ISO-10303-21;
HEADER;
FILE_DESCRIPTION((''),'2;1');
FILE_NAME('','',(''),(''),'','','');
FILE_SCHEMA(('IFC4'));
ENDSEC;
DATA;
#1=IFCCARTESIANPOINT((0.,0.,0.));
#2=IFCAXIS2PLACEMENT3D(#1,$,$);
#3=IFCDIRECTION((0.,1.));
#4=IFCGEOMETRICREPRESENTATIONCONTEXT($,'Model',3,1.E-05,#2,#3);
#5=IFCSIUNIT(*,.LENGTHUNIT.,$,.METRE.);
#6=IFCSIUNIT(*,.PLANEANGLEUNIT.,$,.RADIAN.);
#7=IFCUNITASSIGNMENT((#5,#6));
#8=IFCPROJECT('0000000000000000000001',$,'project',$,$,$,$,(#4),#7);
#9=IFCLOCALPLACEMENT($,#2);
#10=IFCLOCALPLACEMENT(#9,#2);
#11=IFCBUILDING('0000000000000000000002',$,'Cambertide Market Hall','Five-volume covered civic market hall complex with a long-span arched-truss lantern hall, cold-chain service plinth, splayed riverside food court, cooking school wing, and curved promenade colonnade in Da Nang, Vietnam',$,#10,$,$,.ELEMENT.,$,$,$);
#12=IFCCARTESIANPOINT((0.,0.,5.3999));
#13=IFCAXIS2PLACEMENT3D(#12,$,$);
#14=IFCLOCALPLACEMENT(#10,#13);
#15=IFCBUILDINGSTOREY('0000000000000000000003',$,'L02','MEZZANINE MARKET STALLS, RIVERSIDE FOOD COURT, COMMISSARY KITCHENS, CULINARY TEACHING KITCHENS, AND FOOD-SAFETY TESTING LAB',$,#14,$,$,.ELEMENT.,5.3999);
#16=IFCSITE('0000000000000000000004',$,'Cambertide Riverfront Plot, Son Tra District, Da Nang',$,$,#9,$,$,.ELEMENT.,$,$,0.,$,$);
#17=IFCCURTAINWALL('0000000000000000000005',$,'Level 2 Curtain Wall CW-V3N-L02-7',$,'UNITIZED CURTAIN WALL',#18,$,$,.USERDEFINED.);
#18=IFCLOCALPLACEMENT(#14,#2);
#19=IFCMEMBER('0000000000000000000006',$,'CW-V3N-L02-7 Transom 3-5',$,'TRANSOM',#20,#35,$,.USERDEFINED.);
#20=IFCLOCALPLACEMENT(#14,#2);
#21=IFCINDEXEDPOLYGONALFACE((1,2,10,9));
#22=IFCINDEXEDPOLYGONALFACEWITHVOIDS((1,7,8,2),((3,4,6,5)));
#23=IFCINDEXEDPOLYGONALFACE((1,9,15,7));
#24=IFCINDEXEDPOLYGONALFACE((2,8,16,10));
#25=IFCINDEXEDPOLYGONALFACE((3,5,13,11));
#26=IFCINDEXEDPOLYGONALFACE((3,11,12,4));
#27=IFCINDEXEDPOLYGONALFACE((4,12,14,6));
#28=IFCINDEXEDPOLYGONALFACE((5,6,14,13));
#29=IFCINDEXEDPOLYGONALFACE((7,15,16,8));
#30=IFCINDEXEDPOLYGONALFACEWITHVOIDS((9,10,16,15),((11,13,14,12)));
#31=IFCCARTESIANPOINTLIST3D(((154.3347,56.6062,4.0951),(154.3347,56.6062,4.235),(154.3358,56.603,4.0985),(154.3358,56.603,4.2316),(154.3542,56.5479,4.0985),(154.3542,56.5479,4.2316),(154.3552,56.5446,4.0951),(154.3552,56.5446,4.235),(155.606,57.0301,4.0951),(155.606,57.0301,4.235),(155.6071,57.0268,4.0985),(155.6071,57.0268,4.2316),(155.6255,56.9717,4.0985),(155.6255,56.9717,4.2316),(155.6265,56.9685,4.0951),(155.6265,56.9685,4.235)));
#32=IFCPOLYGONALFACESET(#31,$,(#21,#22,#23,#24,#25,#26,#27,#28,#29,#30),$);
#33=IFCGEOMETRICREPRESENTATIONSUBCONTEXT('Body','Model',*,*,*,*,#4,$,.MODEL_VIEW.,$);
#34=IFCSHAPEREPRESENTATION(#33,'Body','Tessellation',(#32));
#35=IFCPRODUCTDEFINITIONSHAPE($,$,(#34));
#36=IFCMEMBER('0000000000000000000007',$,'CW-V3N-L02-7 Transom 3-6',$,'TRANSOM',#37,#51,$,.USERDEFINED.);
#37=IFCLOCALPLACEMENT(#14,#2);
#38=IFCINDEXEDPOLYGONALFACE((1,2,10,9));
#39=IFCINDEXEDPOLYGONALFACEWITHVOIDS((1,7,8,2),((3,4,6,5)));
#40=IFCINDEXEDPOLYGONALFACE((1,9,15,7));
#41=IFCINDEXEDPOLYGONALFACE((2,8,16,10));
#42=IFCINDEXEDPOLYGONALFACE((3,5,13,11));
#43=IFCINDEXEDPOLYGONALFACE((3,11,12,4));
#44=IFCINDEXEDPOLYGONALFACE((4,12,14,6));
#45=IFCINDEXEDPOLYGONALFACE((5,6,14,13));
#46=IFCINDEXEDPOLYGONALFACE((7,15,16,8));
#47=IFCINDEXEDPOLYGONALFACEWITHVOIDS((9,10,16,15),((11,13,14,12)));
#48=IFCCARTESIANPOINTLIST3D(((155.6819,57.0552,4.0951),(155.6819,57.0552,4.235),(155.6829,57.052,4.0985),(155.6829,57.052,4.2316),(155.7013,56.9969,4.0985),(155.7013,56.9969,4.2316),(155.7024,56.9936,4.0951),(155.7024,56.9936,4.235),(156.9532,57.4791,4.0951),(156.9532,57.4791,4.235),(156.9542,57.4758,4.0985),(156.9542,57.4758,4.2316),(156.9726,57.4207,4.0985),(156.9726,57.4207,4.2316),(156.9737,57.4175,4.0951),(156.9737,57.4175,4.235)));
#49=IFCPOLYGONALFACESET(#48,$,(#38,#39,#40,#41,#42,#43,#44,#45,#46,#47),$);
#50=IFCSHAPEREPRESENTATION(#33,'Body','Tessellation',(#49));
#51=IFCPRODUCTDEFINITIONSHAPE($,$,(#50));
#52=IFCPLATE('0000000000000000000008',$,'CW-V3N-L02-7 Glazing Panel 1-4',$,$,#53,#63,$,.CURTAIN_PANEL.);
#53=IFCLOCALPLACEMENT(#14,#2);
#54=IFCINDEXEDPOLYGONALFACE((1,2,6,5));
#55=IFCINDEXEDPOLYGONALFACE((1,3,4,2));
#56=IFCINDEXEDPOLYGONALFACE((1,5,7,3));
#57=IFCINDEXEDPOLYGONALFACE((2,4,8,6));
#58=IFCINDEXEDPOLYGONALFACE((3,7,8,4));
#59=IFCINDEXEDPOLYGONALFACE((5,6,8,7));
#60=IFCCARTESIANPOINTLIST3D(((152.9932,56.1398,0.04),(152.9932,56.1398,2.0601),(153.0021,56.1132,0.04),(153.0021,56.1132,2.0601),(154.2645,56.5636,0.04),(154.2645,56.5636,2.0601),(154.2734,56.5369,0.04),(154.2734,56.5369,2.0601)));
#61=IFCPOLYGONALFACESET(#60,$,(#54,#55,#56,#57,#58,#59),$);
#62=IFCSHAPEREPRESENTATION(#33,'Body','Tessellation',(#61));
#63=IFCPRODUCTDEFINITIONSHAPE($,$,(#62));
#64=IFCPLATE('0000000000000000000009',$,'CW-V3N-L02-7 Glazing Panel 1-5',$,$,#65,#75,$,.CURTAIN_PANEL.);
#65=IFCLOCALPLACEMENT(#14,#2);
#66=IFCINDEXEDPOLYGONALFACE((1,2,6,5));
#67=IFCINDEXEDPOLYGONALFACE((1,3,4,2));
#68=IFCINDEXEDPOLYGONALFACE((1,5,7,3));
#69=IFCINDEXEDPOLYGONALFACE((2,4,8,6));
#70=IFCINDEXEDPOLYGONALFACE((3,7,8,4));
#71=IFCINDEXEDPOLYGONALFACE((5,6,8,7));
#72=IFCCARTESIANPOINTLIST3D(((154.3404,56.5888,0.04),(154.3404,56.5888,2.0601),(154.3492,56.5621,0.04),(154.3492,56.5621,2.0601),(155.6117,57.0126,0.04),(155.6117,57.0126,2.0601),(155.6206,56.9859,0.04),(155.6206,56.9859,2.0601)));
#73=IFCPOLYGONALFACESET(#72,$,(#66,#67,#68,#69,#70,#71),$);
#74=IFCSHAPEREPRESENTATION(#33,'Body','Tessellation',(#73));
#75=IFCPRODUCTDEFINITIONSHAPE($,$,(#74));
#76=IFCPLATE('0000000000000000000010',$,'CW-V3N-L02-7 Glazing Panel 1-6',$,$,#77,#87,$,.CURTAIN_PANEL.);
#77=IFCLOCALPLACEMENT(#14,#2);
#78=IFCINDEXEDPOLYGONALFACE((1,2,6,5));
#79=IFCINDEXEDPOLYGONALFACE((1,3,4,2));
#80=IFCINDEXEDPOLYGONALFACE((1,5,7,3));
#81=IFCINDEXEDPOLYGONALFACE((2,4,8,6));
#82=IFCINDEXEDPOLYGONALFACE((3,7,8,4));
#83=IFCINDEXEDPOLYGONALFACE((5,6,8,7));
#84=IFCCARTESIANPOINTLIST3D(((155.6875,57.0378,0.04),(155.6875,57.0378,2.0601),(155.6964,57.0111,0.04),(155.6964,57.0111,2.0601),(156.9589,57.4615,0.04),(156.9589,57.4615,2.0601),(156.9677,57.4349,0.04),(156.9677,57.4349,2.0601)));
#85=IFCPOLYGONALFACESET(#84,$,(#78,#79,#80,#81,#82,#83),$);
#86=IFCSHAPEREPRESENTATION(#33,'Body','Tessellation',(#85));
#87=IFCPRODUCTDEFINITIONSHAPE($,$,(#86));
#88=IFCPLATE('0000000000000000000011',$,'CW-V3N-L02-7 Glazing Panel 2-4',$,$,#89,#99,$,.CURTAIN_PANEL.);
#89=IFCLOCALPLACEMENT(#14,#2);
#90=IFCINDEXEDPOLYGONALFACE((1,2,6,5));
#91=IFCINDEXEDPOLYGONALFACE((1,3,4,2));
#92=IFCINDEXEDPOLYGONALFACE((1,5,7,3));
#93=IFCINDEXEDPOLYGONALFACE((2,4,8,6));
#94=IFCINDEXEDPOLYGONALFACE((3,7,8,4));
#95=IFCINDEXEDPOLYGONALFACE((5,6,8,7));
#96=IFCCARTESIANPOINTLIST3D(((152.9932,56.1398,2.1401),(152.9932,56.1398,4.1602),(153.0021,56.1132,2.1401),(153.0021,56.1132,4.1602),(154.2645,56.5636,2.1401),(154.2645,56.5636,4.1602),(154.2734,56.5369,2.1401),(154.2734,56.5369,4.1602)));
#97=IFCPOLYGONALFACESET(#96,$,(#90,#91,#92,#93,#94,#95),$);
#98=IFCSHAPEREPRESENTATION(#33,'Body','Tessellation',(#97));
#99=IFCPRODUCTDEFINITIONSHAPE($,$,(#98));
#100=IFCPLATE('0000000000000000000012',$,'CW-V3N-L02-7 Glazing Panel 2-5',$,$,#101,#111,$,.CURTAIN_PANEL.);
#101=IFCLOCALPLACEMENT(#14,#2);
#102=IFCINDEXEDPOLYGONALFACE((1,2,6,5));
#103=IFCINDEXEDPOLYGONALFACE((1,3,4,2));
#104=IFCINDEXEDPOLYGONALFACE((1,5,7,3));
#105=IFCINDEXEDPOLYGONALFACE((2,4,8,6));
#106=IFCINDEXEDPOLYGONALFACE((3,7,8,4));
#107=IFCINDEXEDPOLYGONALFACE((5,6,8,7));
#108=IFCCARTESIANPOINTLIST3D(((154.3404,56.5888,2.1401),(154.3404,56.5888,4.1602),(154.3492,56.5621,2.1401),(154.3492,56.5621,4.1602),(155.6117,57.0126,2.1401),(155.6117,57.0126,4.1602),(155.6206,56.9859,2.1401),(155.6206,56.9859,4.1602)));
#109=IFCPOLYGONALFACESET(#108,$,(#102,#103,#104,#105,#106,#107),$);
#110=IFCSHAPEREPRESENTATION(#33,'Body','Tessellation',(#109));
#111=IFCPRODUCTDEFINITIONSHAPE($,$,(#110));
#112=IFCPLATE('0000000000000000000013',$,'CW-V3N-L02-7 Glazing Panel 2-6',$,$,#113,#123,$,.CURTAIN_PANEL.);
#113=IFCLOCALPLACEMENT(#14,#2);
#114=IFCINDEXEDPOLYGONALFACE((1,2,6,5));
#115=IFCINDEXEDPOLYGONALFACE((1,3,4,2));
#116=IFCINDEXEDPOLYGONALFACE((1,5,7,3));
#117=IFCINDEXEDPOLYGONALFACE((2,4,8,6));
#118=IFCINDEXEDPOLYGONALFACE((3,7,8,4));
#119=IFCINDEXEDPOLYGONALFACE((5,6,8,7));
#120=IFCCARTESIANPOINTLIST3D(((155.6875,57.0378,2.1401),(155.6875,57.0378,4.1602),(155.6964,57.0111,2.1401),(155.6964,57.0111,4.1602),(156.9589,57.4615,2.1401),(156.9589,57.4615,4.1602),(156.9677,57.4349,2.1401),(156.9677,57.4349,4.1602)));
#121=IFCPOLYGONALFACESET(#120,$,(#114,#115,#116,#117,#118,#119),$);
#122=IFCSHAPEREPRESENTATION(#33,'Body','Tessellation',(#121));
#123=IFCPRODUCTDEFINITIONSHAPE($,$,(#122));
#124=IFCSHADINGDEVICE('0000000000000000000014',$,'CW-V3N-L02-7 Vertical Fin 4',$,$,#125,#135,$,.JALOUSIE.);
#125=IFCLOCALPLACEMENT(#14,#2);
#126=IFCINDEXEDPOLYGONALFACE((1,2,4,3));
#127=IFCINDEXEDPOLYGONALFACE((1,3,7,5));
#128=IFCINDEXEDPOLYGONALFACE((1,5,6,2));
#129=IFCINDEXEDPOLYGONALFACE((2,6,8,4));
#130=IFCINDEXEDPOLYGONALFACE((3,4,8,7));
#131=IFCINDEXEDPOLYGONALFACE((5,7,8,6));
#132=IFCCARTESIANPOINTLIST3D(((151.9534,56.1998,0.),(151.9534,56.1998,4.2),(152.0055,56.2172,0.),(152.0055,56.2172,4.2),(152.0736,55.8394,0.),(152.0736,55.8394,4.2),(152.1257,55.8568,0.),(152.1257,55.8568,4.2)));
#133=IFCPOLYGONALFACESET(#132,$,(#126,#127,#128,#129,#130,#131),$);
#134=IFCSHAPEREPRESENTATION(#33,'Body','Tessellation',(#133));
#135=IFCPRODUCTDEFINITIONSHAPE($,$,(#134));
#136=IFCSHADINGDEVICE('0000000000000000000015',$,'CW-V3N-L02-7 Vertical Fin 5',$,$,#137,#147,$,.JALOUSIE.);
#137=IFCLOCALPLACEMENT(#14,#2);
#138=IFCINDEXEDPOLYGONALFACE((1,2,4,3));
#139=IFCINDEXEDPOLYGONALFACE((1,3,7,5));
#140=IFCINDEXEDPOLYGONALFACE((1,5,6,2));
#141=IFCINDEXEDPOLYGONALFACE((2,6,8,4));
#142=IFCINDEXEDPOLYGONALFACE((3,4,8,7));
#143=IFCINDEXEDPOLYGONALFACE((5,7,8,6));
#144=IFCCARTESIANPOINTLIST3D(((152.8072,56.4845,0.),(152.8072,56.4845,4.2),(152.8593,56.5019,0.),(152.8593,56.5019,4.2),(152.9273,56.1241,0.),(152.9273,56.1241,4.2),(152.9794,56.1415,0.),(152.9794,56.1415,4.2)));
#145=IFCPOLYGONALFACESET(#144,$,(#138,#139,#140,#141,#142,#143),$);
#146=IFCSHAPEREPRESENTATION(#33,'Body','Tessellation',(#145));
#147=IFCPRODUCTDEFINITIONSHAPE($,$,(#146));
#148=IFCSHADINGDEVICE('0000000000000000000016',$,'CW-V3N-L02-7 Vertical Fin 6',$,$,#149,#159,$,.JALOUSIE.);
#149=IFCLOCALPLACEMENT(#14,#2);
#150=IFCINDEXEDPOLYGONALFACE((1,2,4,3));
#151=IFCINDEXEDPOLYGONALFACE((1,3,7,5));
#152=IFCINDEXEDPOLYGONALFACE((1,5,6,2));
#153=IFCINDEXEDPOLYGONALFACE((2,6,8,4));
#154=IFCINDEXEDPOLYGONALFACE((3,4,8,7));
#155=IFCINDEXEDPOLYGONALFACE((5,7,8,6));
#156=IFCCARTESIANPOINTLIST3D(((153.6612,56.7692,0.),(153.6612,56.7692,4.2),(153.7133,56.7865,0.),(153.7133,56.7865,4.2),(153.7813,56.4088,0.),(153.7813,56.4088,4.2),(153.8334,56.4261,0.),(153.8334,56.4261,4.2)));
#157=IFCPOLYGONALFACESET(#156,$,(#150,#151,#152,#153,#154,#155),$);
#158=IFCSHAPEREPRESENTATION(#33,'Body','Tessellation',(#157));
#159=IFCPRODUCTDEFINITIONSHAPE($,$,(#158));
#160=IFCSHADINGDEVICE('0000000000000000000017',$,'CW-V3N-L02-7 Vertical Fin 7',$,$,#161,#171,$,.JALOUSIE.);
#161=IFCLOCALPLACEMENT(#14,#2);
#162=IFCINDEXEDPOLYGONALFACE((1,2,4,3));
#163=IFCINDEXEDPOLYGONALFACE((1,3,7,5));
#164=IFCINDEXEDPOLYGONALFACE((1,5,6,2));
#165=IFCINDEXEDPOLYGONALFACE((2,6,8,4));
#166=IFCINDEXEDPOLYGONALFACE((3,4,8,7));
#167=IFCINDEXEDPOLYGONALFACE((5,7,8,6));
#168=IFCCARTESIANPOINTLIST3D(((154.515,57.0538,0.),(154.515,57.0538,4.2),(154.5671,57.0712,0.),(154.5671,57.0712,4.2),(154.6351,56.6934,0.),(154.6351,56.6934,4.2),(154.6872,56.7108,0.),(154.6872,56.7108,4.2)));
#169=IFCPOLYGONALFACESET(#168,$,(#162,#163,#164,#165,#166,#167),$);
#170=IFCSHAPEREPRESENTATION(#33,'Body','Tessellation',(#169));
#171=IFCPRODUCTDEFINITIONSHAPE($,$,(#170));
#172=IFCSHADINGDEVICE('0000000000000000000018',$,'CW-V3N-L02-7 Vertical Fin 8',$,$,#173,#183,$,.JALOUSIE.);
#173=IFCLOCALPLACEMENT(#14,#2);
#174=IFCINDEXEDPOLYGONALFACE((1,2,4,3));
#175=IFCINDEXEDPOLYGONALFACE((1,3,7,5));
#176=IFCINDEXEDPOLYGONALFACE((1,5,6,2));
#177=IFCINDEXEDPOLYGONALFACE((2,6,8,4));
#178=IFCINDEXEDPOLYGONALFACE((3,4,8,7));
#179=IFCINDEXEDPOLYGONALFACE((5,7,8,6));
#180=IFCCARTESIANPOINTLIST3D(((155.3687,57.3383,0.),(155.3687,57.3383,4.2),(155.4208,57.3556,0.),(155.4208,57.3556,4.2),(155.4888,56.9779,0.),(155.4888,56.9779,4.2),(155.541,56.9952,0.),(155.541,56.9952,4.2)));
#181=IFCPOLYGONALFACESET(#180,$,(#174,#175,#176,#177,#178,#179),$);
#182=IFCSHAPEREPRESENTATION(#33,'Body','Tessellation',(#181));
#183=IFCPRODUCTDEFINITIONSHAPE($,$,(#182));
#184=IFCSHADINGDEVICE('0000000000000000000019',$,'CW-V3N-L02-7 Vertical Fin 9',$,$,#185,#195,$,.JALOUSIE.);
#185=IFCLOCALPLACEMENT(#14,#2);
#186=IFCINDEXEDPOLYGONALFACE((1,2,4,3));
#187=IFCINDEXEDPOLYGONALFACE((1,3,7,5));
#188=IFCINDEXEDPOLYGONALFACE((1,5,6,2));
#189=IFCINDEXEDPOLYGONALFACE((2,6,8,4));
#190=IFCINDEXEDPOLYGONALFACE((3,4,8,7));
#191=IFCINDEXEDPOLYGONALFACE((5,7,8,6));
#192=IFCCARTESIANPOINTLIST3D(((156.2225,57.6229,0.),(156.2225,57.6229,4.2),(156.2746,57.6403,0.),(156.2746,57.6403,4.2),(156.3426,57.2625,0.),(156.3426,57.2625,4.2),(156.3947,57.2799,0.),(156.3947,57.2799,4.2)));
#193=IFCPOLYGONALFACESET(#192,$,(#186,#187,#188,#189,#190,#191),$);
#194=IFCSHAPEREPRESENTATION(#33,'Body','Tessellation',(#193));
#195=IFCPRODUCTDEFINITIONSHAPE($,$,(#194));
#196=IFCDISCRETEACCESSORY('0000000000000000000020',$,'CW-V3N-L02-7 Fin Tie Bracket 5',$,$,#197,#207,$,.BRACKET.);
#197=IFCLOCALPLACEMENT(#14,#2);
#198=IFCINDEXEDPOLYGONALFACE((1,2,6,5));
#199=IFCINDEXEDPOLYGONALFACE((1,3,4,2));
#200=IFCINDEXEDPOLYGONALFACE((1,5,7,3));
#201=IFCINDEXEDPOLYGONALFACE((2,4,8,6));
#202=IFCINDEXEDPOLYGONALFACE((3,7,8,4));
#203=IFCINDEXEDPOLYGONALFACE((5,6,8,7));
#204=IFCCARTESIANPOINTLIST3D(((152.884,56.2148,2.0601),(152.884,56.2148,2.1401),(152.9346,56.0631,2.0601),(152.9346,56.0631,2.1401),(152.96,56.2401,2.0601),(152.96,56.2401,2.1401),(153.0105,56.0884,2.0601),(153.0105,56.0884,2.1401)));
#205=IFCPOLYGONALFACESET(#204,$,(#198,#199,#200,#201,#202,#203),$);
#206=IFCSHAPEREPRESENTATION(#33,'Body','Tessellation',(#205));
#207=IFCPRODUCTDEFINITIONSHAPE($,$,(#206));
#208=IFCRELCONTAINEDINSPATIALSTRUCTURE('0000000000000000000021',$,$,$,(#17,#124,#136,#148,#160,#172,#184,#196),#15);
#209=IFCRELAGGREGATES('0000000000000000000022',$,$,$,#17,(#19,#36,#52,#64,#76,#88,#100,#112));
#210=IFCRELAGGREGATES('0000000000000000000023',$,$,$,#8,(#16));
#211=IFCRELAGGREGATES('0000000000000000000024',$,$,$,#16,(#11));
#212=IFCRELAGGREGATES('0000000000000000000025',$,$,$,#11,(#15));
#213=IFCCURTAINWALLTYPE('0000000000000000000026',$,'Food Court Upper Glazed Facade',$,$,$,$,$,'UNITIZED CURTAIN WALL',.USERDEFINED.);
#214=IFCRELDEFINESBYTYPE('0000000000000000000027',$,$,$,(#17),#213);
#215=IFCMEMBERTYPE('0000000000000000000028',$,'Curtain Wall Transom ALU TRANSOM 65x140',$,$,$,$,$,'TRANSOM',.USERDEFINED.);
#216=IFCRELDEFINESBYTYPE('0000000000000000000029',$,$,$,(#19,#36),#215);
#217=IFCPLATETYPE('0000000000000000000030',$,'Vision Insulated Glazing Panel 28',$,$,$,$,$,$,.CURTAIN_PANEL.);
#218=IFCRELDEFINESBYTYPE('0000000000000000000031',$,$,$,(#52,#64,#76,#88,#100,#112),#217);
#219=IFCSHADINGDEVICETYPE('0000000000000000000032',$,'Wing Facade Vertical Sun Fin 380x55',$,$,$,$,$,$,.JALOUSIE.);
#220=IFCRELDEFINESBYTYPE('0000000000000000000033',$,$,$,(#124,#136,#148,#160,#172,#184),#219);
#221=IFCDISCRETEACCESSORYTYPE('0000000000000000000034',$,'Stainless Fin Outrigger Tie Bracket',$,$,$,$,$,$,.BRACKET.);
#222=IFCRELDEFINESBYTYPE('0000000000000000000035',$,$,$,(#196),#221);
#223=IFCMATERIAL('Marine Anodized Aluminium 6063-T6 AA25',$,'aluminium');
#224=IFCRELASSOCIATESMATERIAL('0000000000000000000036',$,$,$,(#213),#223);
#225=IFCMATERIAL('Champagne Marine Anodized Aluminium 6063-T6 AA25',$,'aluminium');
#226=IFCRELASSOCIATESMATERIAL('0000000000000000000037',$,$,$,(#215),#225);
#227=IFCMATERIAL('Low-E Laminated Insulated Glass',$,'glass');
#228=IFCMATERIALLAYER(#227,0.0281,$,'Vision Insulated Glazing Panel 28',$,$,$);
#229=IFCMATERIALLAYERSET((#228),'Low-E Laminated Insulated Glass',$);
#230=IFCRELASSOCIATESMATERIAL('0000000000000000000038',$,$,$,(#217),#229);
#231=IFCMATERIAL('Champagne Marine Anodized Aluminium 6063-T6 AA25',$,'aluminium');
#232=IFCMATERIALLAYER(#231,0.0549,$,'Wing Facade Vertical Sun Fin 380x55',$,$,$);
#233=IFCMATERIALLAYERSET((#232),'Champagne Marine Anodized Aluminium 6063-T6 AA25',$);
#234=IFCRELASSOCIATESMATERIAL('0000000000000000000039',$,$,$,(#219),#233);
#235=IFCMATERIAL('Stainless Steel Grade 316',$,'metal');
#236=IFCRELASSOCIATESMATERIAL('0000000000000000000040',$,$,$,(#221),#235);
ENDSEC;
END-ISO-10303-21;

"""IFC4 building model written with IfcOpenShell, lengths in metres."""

from ifc_helpers import new_model, si_unit, direction, frame, origin, origin_2d, place, context, subcontext, project, spatial, rectangle, hollow_rectangle, extrude, material, layer, layer_set, material_profile, profile_set, type_object, element, aggregate, save


model = new_model("IFC4")

# Units and contexts
model_context = context("Model", 3, precision=1e-05, world=origin(), true_north=direction((0.0, 1.0)))
body_context = subcontext(model_context, "Body", "Model", "MODEL_VIEW")
ifc_project = project(units=[si_unit("LENGTHUNIT", "METRE"), si_unit("PLANEANGLEUNIT", "RADIAN")], contexts=[model_context])

# Site, building, storey
site_placement = place(None, origin())
site = spatial("IfcSite", under=ifc_project, at=site_placement, Name="Cambertide Riverfront Plot, Son Tra District, Da Nang", CompositionType="ELEMENT", RefElevation=0.0)
building_placement = place(site_placement, origin())
building = spatial("IfcBuilding", under=site, at=building_placement, Name="Cambertide Market Hall", Description="Five-volume covered civic market hall complex with a long-span arched-truss lantern hall, cold-chain service plinth, splayed riverside food court, cooking school wing, and curved promenade colonnade in Da Nang, Vietnam", CompositionType="ELEMENT")
storey_placement = place(building_placement, frame((0.0, 0.0, 5.3999)))
storey = spatial("IfcBuildingStorey", under=building, at=storey_placement, Name="L02", Description="MEZZANINE MARKET STALLS, RIVERSIDE FOOD COURT, COMMISSARY KITCHENS, CULINARY TEACHING KITCHENS, AND FOOD-SAFETY TESTING LAB", CompositionType="ELEMENT", Elevation=5.3999)

# Curtain wall, members, plates
ifc_material_1 = material(Name="Marine Anodized Aluminium 6063-T6 AA25", Category="aluminium")
curtain_wall_type = type_object("IfcCurtainWallType", Name="Food Court Upper Glazed Facade", ElementType="UNITIZED CURTAIN WALL", PredefinedType="USERDEFINED", material=ifc_material_1)
curtain_wall_placement = place(storey_placement, origin())
curtain_wall = element("IfcCurtainWall", 1, at=curtain_wall_placement, inside=storey, type_object=curtain_wall_type, Name="Level 2 Curtain Wall CW-V3N-L02-7", ObjectType="UNITIZED CURTAIN WALL", PredefinedType="USERDEFINED")
ifc_material_2 = material(Name="Champagne Marine Anodized Aluminium 6063-T6 AA25", Category="aluminium")
ifc_material_profile_1 = material_profile(ifc_material_2, hollow_rectangle(XDim=0.0649, YDim=0.1399, WallThickness=0.0034, at=origin_2d()), Name="ALU TRANSOM 65x140")
ifc_profile_set_1 = profile_set([ifc_material_profile_1], Name="Champagne Marine Anodized Aluminium 6063-T6 AA25")
member_type_1 = type_object("IfcMemberType", Name="Curtain Wall Transom ALU TRANSOM 65x140", ElementType="TRANSOM", PredefinedType="USERDEFINED", material=ifc_profile_set_1)
member_1_placement = place(storey_placement, frame((154.345, 56.5754, 4.165), z_axis=(0.948665, 0.316282, 0.0), x_axis=(-0.316282, 0.948665, 0.0)))
member_1 = element("IfcMember", 2, at=member_1_placement, type_object=member_type_1, Name="CW-V3N-L02-7 Transom 3-5", ObjectType="TRANSOM", PredefinedType="USERDEFINED", context=body_context, shape_type="SweptSolid", body=[
    extrude(hollow_rectangle(XDim=0.0649, YDim=0.1399, WallThickness=0.0034, at=origin_2d()), origin(), (0.0, 0.0, 1.0), 1.3401),
])
member_2_placement = place(storey_placement, frame((155.6921, 57.0244, 4.165), z_axis=(0.948665, 0.316282, 0.0), x_axis=(-0.316282, 0.948665, 0.0)))
member_2 = element("IfcMember", 3, at=member_2_placement, type_object=member_type_1, Name="CW-V3N-L02-7 Transom 3-6", ObjectType="TRANSOM", PredefinedType="USERDEFINED", context=body_context, shape_type="SweptSolid", body=[
    extrude(hollow_rectangle(XDim=0.0649, YDim=0.1399, WallThickness=0.0034, at=origin_2d()), origin(), (0.0, 0.0, 1.0), 1.3401),
])
ifc_material_3 = material(Name="Low-E Laminated Insulated Glass", Category="glass")
ifc_layer_1 = layer(ifc_material_3, 0.0281, Name="Vision Insulated Glazing Panel 28")
ifc_layer_set_1 = layer_set([ifc_layer_1], Name="Low-E Laminated Insulated Glass")
plate_type = type_object("IfcPlateType", Name="Vision Insulated Glazing Panel 28", PredefinedType="CURTAIN_PANEL", material=ifc_layer_set_1)
plate_1_placement = place(storey_placement, frame((153.6333, 56.3384, 0.04), z_axis=(0.0, 0.0, 1.0), x_axis=(0.948683, 0.316228, 0.0)))
plate_1 = element("IfcPlate", 4, at=plate_1_placement, type_object=plate_type, Name="CW-V3N-L02-7 Glazing Panel 1-4", PredefinedType="CURTAIN_PANEL", context=body_context, shape_type="SweptSolid", body=[
    extrude(rectangle(XDim=1.3401, YDim=0.0281, at=origin_2d()), origin(), (0.0, 0.0, 1.0), 2.02),
])
plate_2_placement = place(storey_placement, frame((154.9805, 56.7874, 0.04), z_axis=(0.0, 0.0, 1.0), x_axis=(0.948683, 0.316228, 0.0)))
plate_2 = element("IfcPlate", 5, at=plate_2_placement, type_object=plate_type, Name="CW-V3N-L02-7 Glazing Panel 1-5", PredefinedType="CURTAIN_PANEL", context=body_context, shape_type="SweptSolid", body=[
    extrude(rectangle(XDim=1.3401, YDim=0.0281, at=origin_2d()), origin(), (0.0, 0.0, 1.0), 2.02),
])
plate_3_placement = place(storey_placement, frame((156.3276, 57.2363, 0.04), z_axis=(0.0, 0.0, 1.0), x_axis=(0.948683, 0.316228, 0.0)))
plate_3 = element("IfcPlate", 6, at=plate_3_placement, type_object=plate_type, Name="CW-V3N-L02-7 Glazing Panel 1-6", PredefinedType="CURTAIN_PANEL", context=body_context, shape_type="SweptSolid", body=[
    extrude(rectangle(XDim=1.3401, YDim=0.0281, at=origin_2d()), origin(), (0.0, 0.0, 1.0), 2.02),
])
plate_4_placement = place(storey_placement, frame((153.6333, 56.3384, 2.1401), z_axis=(0.0, 0.0, 1.0), x_axis=(0.948683, 0.316228, 0.0)))
plate_4 = element("IfcPlate", 7, at=plate_4_placement, type_object=plate_type, Name="CW-V3N-L02-7 Glazing Panel 2-4", PredefinedType="CURTAIN_PANEL", context=body_context, shape_type="SweptSolid", body=[
    extrude(rectangle(XDim=1.3401, YDim=0.0281, at=origin_2d()), origin(), (0.0, 0.0, 1.0), 2.02),
])
plate_5_placement = place(storey_placement, frame((154.9805, 56.7874, 2.1401), z_axis=(0.0, 0.0, 1.0), x_axis=(0.948683, 0.316228, 0.0)))
plate_5 = element("IfcPlate", 8, at=plate_5_placement, type_object=plate_type, Name="CW-V3N-L02-7 Glazing Panel 2-5", PredefinedType="CURTAIN_PANEL", context=body_context, shape_type="SweptSolid", body=[
    extrude(rectangle(XDim=1.3401, YDim=0.0281, at=origin_2d()), origin(), (0.0, 0.0, 1.0), 2.02),
])
plate_6_placement = place(storey_placement, frame((156.3276, 57.2363, 2.1401), z_axis=(0.0, 0.0, 1.0), x_axis=(0.948683, 0.316228, 0.0)))
plate_6 = element("IfcPlate", 9, at=plate_6_placement, type_object=plate_type, Name="CW-V3N-L02-7 Glazing Panel 2-6", PredefinedType="CURTAIN_PANEL", context=body_context, shape_type="SweptSolid", body=[
    extrude(rectangle(XDim=1.3401, YDim=0.0281, at=origin_2d()), origin(), (0.0, 0.0, 1.0), 2.02),
])
aggregate(curtain_wall, [member_1, member_2, plate_1, plate_2, plate_3, plate_4, plate_5, plate_6])

# Shading devices
ifc_material_4 = material(Name="Champagne Marine Anodized Aluminium 6063-T6 AA25", Category="aluminium")
ifc_layer_2 = layer(ifc_material_4, 0.0549, Name="Wing Facade Vertical Sun Fin 380x55")
ifc_layer_set_2 = layer_set([ifc_layer_2], Name="Champagne Marine Anodized Aluminium 6063-T6 AA25")
shading_device_type = type_object("IfcShadingDeviceType", Name="Wing Facade Vertical Sun Fin 380x55", PredefinedType="JALOUSIE", material=ifc_layer_set_2)
for number, where, z_axis, x_axis, name in (
    (10, (152.0396, 56.0283, 0.0), (0.0, 0.0, 1.0), (0.948683, 0.316228, 0.0), "CW-V3N-L02-7 Vertical Fin 4"),
    (11, (152.8933, 56.313, 0.0), (0.0, 0.0, 1.0), (0.948683, 0.316228, 0.0), "CW-V3N-L02-7 Vertical Fin 5"),
    (12, (153.7473, 56.5977, 0.0), (0.0, 0.0, 1.0), (0.948683, 0.316228, 0.0), "CW-V3N-L02-7 Vertical Fin 6"),
    (13, (154.6011, 56.8823, 0.0), (0.0, 0.0, 1.0), (0.948683, 0.316228, 0.0), "CW-V3N-L02-7 Vertical Fin 7"),
    (14, (155.4548, 57.1667, 0.0), (0.0, 0.0, 1.0), (0.948683, 0.316228, 0.0), "CW-V3N-L02-7 Vertical Fin 8"),
    (15, (156.3086, 57.4514, 0.0), (0.0, 0.0, 1.0), (0.948683, 0.316228, 0.0), "CW-V3N-L02-7 Vertical Fin 9"),
):
    element("IfcShadingDevice", number, at=place(storey_placement, frame(where, z_axis=z_axis, x_axis=x_axis)), inside=storey, type_object=shading_device_type, Name=name, PredefinedType="JALOUSIE", context=body_context, shape_type="SweptSolid", body=[
        extrude(rectangle(XDim=0.0549, YDim=0.3799, at=origin_2d()), origin(), (0.0, 0.0, 1.0), 4.2),
    ])

# Discrete accessory
ifc_material_5 = material(Name="Stainless Steel Grade 316", Category="metal")
discrete_accessory_type = type_object("IfcDiscreteAccessoryType", Name="Stainless Fin Outrigger Tie Bracket", PredefinedType="BRACKET", material=ifc_material_5)
for number, where, z_axis, x_axis, name in (
    (16, (152.9473, 56.1516, 2.0601), (0.0, 0.0, 1.0), (0.948683, 0.316228, 0.0), "CW-V3N-L02-7 Fin Tie Bracket 5"),
):
    element("IfcDiscreteAccessory", number, at=place(storey_placement, frame(where, z_axis=z_axis, x_axis=x_axis)), inside=storey, type_object=discrete_accessory_type, Name=name, PredefinedType="BRACKET", context=body_context, shape_type="SweptSolid", body=[
        extrude(rectangle(XDim=0.0801, YDim=0.1599, at=origin_2d()), origin(), (0.0, 0.0, 1.0), 0.0801),
    ])

save(model, "model.ifc")
